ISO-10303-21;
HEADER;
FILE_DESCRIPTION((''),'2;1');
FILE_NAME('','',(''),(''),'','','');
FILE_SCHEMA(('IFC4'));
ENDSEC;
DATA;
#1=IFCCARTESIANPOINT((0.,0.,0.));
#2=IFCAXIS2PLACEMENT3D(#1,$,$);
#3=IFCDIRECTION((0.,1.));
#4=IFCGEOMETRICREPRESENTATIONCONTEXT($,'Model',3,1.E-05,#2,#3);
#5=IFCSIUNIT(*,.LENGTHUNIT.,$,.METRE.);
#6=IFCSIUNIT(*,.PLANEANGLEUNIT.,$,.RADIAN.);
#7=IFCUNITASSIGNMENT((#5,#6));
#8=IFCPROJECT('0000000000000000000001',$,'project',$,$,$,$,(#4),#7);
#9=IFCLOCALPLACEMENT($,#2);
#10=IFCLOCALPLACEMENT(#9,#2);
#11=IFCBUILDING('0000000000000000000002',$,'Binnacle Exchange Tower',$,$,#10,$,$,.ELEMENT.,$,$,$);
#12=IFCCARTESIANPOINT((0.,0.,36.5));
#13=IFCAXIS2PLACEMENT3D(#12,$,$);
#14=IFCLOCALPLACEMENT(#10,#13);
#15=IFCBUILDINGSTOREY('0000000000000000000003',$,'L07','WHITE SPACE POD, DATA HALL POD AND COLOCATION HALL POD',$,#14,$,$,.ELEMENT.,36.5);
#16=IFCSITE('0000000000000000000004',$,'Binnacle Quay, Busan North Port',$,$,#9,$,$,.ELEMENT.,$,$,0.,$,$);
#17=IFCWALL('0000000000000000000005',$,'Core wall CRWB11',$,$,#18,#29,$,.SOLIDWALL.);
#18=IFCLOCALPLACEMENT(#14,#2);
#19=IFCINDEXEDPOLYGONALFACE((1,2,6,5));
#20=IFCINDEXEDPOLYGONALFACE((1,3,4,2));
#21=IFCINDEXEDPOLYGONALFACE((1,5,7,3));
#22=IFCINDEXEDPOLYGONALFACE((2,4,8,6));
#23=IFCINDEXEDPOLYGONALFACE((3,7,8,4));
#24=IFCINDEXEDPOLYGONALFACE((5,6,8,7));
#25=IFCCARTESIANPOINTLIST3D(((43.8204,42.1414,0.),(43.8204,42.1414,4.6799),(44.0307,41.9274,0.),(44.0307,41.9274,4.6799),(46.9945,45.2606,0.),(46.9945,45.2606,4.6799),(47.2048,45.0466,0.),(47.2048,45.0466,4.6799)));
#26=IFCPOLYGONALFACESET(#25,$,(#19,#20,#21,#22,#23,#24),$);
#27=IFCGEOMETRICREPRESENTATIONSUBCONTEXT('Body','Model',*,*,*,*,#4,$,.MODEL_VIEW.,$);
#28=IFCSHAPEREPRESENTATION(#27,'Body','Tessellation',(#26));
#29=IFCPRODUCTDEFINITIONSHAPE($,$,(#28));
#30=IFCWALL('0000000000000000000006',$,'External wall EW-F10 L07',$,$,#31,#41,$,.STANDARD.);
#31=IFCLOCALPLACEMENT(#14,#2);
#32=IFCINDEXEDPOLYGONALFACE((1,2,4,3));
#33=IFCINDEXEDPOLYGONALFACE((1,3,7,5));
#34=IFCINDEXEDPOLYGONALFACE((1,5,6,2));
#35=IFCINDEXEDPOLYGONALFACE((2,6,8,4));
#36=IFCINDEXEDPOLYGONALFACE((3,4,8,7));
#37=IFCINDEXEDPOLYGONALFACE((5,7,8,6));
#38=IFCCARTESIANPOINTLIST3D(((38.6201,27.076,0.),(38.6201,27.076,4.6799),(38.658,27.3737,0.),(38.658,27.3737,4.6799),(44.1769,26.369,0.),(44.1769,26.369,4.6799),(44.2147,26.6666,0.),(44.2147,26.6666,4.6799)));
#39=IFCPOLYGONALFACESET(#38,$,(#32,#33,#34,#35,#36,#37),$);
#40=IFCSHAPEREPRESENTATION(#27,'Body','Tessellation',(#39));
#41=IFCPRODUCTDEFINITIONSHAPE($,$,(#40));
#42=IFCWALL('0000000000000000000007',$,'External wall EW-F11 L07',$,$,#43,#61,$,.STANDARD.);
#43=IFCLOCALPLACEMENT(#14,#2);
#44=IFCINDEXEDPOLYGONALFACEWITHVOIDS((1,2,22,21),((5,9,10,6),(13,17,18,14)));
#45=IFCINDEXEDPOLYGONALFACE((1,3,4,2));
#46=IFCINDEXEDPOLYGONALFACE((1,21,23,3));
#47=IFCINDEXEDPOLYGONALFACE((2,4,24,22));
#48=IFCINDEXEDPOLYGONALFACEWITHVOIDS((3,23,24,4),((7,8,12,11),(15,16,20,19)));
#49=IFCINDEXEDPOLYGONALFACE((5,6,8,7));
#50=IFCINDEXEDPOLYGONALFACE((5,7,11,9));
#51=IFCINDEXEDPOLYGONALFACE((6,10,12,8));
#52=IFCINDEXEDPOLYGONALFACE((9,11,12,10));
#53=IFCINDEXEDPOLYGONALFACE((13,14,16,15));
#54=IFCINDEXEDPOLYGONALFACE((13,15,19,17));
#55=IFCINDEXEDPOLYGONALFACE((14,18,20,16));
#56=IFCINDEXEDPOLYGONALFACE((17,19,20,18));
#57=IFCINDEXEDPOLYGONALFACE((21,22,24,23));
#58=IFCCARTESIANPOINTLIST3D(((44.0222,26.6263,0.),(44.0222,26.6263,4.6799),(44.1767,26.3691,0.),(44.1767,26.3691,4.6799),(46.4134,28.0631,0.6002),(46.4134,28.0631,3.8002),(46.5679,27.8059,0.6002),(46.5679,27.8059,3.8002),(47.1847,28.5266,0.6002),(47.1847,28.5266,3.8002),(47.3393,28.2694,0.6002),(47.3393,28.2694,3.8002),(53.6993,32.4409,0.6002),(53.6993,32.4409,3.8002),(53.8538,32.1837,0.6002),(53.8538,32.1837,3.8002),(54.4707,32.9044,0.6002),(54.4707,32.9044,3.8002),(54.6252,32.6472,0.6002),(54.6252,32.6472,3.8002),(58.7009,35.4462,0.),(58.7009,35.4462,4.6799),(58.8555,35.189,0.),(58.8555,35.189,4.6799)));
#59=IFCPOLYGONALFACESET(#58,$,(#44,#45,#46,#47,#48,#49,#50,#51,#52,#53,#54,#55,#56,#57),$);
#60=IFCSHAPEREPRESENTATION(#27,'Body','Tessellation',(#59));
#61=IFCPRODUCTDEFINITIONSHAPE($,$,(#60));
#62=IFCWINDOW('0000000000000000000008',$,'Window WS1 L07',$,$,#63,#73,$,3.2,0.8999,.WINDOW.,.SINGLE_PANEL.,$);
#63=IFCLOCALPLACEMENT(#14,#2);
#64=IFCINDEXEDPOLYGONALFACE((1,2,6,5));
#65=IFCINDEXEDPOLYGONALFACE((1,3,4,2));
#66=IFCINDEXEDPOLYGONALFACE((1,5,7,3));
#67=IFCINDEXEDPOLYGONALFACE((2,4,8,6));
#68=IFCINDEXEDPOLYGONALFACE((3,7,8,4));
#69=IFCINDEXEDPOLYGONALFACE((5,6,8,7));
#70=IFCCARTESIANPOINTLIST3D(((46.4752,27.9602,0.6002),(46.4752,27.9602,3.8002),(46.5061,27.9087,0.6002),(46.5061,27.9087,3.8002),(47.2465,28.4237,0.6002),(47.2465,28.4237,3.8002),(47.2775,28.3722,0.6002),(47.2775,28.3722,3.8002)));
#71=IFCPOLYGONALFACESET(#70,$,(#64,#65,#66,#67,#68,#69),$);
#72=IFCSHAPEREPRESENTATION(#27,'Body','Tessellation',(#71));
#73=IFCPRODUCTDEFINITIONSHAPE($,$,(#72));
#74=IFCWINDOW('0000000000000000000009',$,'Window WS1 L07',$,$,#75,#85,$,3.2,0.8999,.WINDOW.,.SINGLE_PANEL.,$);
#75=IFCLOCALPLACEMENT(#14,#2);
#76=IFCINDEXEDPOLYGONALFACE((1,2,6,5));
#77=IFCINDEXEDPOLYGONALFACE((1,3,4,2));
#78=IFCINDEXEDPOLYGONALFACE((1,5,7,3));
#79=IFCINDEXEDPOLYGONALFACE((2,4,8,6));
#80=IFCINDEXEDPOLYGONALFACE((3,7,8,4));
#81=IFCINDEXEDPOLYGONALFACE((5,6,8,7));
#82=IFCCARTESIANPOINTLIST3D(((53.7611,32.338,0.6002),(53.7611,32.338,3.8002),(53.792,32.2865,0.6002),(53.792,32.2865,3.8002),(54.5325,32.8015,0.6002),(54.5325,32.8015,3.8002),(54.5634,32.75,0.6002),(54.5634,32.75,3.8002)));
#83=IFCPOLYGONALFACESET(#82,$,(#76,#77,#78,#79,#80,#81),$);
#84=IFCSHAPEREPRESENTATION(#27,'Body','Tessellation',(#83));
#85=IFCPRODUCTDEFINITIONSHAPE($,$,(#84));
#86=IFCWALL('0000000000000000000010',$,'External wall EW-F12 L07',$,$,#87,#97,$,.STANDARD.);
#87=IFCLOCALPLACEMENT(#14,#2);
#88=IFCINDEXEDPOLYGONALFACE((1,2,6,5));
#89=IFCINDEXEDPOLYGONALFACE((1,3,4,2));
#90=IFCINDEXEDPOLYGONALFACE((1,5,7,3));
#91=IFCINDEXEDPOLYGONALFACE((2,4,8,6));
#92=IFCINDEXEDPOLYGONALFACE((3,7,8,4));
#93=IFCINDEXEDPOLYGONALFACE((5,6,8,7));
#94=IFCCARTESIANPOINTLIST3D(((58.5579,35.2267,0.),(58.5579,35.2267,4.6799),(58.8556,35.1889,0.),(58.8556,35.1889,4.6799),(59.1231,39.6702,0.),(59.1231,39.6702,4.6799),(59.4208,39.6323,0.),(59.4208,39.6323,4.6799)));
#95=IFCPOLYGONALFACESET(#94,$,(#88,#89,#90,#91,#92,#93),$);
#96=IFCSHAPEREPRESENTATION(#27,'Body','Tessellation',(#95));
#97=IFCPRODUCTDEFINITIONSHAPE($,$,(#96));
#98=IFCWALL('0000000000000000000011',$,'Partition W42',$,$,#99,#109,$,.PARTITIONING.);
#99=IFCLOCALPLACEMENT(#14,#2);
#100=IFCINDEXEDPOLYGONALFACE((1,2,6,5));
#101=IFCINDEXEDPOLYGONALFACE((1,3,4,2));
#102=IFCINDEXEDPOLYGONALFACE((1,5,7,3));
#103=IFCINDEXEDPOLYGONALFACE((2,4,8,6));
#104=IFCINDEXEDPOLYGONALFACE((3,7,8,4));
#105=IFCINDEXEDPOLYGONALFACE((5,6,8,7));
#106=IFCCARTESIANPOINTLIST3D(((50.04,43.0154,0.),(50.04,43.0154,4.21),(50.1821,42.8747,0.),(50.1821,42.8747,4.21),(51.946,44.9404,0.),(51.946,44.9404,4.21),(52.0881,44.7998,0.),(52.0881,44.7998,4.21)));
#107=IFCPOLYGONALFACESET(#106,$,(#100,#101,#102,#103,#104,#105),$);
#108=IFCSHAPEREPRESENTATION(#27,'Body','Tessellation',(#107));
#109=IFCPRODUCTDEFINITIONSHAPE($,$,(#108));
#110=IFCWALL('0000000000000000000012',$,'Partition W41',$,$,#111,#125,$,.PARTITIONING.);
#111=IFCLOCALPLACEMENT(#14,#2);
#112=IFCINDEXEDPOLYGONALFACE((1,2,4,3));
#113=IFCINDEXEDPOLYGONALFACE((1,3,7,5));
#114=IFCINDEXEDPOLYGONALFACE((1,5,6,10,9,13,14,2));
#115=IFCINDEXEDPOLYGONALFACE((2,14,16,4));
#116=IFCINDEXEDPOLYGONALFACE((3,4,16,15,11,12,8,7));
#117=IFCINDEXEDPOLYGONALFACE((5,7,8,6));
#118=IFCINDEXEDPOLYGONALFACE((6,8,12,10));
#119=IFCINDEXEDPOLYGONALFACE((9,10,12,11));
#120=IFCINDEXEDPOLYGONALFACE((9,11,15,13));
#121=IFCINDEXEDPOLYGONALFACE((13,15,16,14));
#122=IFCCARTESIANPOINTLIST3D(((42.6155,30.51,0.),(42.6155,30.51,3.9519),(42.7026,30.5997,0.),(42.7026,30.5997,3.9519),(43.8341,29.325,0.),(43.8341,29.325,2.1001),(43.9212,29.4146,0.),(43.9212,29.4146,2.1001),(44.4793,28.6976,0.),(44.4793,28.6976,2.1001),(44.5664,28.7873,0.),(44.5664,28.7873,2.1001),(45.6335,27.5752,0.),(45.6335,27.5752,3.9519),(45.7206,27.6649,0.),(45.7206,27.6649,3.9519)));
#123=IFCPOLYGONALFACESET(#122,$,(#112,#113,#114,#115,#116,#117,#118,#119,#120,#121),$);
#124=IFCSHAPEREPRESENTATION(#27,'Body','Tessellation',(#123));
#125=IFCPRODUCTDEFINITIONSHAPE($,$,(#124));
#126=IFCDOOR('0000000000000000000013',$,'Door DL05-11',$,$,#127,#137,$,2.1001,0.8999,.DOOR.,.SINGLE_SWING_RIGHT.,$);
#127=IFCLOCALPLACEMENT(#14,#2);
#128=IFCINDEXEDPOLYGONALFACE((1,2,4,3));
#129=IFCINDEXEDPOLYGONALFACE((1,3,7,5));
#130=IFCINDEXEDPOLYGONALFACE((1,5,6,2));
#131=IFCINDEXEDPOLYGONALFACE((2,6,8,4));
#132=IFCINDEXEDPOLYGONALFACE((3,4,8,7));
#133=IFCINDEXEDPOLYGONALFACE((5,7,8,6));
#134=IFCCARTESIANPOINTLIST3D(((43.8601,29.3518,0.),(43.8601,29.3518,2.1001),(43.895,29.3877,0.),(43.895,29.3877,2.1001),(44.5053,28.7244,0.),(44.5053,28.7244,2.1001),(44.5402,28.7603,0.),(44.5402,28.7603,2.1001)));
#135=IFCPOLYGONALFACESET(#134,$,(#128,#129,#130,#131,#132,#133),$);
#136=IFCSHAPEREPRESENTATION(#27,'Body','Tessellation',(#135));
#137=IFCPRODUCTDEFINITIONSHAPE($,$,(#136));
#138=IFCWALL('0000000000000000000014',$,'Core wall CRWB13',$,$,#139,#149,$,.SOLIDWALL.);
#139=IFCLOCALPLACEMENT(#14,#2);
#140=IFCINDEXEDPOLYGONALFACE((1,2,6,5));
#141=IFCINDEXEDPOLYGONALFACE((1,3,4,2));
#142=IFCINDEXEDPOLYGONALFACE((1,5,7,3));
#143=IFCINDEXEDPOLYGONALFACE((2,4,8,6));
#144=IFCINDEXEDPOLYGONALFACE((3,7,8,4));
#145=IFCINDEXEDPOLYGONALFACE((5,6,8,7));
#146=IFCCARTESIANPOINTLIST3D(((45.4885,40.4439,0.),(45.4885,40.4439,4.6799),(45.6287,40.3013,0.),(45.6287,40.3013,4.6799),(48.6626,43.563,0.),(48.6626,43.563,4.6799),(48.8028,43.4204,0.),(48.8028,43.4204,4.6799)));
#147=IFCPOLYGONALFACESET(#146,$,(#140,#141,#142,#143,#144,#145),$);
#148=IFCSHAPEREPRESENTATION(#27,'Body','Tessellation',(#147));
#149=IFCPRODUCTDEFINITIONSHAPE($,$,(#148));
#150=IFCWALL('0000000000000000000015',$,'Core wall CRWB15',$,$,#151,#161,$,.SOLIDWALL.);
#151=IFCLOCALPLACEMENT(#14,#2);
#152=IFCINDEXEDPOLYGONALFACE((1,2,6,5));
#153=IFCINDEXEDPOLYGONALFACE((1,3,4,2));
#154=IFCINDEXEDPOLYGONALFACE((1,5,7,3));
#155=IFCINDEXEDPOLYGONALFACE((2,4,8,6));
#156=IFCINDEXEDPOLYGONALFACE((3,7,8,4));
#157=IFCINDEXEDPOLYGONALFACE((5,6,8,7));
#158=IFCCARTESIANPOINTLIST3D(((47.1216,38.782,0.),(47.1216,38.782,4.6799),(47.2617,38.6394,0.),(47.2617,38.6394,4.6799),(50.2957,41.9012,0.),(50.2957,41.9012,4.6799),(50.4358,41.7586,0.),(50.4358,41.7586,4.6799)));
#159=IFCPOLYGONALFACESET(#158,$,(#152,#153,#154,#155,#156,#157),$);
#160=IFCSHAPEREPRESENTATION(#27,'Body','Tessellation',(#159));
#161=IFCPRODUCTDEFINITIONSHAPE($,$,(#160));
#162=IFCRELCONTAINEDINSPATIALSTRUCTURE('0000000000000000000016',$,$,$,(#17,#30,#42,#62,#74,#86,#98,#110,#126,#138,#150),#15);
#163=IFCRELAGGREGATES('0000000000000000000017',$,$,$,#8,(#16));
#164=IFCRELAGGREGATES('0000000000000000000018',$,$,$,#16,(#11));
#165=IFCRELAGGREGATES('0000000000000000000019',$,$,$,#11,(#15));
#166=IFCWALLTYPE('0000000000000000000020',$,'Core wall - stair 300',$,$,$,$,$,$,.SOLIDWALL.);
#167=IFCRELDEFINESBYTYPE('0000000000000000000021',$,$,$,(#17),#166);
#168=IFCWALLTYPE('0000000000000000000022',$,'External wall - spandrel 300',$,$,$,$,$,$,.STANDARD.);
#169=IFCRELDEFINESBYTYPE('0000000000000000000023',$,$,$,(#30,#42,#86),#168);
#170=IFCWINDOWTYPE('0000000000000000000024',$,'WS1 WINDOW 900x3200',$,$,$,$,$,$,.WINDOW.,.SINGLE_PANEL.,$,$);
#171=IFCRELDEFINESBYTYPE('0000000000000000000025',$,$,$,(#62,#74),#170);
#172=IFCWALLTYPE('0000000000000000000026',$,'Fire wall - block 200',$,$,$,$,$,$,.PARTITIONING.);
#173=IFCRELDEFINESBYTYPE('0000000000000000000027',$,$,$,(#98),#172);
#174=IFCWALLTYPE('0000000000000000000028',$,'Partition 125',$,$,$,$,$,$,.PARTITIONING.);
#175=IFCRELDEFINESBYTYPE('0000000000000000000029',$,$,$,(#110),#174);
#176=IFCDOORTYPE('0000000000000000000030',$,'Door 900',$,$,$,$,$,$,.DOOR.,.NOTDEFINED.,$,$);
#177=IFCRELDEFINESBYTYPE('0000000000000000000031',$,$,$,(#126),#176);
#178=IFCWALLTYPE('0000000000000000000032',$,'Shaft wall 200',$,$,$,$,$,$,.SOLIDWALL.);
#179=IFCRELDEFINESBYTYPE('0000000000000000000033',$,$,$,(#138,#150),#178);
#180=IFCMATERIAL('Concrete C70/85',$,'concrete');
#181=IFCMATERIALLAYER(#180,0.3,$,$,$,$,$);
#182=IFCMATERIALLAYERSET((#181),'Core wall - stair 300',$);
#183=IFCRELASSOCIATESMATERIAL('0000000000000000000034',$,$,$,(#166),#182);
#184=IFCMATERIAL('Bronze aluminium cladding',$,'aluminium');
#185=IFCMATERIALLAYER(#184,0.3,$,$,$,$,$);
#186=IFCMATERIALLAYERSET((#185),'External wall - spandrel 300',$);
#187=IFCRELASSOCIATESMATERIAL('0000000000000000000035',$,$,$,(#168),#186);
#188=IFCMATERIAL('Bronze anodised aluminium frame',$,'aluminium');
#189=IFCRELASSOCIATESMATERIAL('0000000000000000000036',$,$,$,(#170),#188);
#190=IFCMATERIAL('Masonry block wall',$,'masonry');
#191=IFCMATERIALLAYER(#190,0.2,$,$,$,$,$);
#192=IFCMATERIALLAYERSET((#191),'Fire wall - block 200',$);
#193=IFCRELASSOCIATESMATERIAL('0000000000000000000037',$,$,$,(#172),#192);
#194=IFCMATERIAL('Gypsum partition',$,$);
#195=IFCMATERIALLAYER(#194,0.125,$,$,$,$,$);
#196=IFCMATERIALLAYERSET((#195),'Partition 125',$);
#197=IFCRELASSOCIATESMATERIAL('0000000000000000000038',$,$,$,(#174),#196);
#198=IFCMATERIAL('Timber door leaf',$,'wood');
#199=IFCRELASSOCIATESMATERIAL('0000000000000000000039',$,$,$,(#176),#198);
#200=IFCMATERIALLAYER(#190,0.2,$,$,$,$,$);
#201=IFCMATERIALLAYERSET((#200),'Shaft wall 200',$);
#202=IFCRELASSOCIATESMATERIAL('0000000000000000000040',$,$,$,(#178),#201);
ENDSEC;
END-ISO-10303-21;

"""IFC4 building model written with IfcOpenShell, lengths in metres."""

from ifc_helpers import new_model, si_unit, direction, frame, frame_2d, origin, place, context, subcontext, project, spatial, rectangle, extrude, material, layer, layer_set, type_object, element, fill, save


model = new_model("IFC4")

# Units and contexts
model_context = context("Model", 3, precision=1e-05, world=origin(), true_north=direction((0.0, 1.0)))
body_context = subcontext(model_context, "Body", "Model", "MODEL_VIEW")
ifc_project = project(units=[si_unit("LENGTHUNIT", "METRE"), si_unit("PLANEANGLEUNIT", "RADIAN")], contexts=[model_context])

# Site, building, storey
site_placement = place(None, origin())
site = spatial("IfcSite", under=ifc_project, at=site_placement, Name="Binnacle Quay, Busan North Port", CompositionType="ELEMENT", RefElevation=0.0)
building_placement = place(site_placement, origin())
building = spatial("IfcBuilding", under=site, at=building_placement, Name="Binnacle Exchange Tower", CompositionType="ELEMENT")
storey_placement = place(building_placement, frame((0.0, 0.0, 36.5)))
storey = spatial("IfcBuildingStorey", under=building, at=storey_placement, Name="L07", Description="WHITE SPACE POD, DATA HALL POD AND COLOCATION HALL POD", CompositionType="ELEMENT", Elevation=36.5)

# Shared definitions
ifc_material_1 = material(Name="Concrete C70/85", Category="concrete")

# Walls
ifc_layer_1 = layer(ifc_material_1, 0.3)
ifc_layer_set_1 = layer_set([ifc_layer_1], Name="Core wall - stair 300")
wall_type_1 = type_object("IfcWallType", Name="Core wall - stair 300", PredefinedType="SOLIDWALL", material=ifc_layer_set_1)
wall_1_placement = place(storey_placement, frame((43.9255, 42.0344, 0.0), z_axis=(0.0, 0.0, 1.0), x_axis=(0.713252, 0.700908, 0.0)))
element("IfcWall", 1, at=wall_1_placement, inside=storey, type_object=wall_type_1, Name="Core wall CRWB11", PredefinedType="SOLIDWALL", context=body_context, shape_type="SweptSolid", body=[
    extrude(rectangle(XDim=4.4502, YDim=0.3, at=frame_2d((2.2251, 0.0))), origin(), (0.0, 0.0, 1.0), 4.6799),
])
ifc_material_2 = material(Name="Bronze aluminium cladding", Category="aluminium")
ifc_layer_2 = layer(ifc_material_2, 0.3)
ifc_layer_set_2 = layer_set([ifc_layer_2], Name="External wall - spandrel 300")
wall_type_2 = type_object("IfcWallType", Name="External wall - spandrel 300", PredefinedType="STANDARD", material=ifc_layer_set_2)
wall_2_placement = place(storey_placement, frame((44.1958, 26.5178, 0.0), z_axis=(0.0, 0.0, 1.0), x_axis=(-0.992002, 0.126223, 0.0)))
element("IfcWall", 2, at=wall_2_placement, inside=storey, type_object=wall_type_2, Name="External wall EW-F10 L07", PredefinedType="STANDARD", context=body_context, shape_type="SweptSolid", body=[
    extrude(rectangle(XDim=5.6016, YDim=0.3, at=frame_2d((2.8008, 0.0))), origin(), (0.0, 0.0, 1.0), 4.6799),
])

# Wall, openings, windows
wall_3_placement = place(storey_placement, frame((58.7783, 35.3176, 0.0), z_axis=(0.0, 0.0, 1.0), x_axis=(-0.857168, -0.515037, 0.0)))
wall_3 = element("IfcWall", 3, at=wall_3_placement, inside=storey, type_object=wall_type_2, Name="External wall EW-F11 L07", PredefinedType="STANDARD", context=body_context, shape_type="SweptSolid", body=[
    extrude(rectangle(XDim=17.1248, YDim=0.3, at=frame_2d((8.5625, 0.0))), origin(), (0.0, 0.0, 1.0), 4.6799),
])
opening_1_placement = place(wall_3_placement, frame((13.4353, 0.0, 0.6001)))
opening_1 = element("IfcOpeningElement", 4, at=opening_1_placement, cuts=wall_3, PredefinedType="OPENING", context=body_context, shape_type="SweptSolid", body=[
    extrude(rectangle(XDim=0.8999, YDim=3.2, at=frame_2d((0.45, 1.6001))), frame((0.0, 0.1599, 0.0), z_axis=(0.0, -1.0, 0.0), x_axis=(1.0, 0.0, 0.0)), (0.0, 0.0, 1.0), 0.3201),
])
opening_2_placement = place(wall_3_placement, frame((4.9353, 0.0, 0.6001)))
opening_2 = element("IfcOpeningElement", 5, at=opening_2_placement, cuts=wall_3, PredefinedType="OPENING", context=body_context, shape_type="SweptSolid", body=[
    extrude(rectangle(XDim=0.8999, YDim=3.2, at=frame_2d((0.45, 1.6001))), frame((0.0, 0.1599, 0.0), z_axis=(0.0, -1.0, 0.0), x_axis=(1.0, 0.0, 0.0)), (0.0, 0.0, 1.0), 0.3201),
])
ifc_material_3 = material(Name="Bronze anodised aluminium frame", Category="aluminium")
window_type = type_object("IfcWindowType", Name="WS1 WINDOW 900x3200", PartitioningType="SINGLE_PANEL", PredefinedType="WINDOW", material=ifc_material_3)
window_1_placement = place(opening_1_placement, origin())
window_1 = element("IfcWindow", 6, at=window_1_placement, inside=storey, type_object=window_type, Name="Window WS1 L07", OverallHeight=3.2, OverallWidth=0.8999, PartitioningType="SINGLE_PANEL", PredefinedType="WINDOW", context=body_context, shape_type="SweptSolid", body=[
    extrude(rectangle(XDim=0.8999, YDim=3.2, at=frame_2d((0.45, 1.6001))), frame((0.0, 0.03, 0.0), z_axis=(0.0, -1.0, 0.0), x_axis=(1.0, 0.0, 0.0)), (0.0, 0.0, 1.0), 0.0601),
])
fill(opening_1, window_1)
window_2_placement = place(opening_2_placement, origin())
window_2 = element("IfcWindow", 7, at=window_2_placement, inside=storey, type_object=window_type, Name="Window WS1 L07", OverallHeight=3.2, OverallWidth=0.8999, PartitioningType="SINGLE_PANEL", PredefinedType="WINDOW", context=body_context, shape_type="SweptSolid", body=[
    extrude(rectangle(XDim=0.8999, YDim=3.2, at=frame_2d((0.45, 1.6001))), frame((0.0, 0.03, 0.0), z_axis=(0.0, -1.0, 0.0), x_axis=(1.0, 0.0, 0.0)), (0.0, 0.0, 1.0), 0.0601),
])
fill(opening_2, window_2)

# Walls
wall_4_placement = place(storey_placement, frame((59.272, 39.6514, 0.0), z_axis=(0.0, 0.0, 1.0), x_axis=(-0.126181, -0.992007, 0.0)))
element("IfcWall", 8, at=wall_4_placement, inside=storey, type_object=wall_type_2, Name="External wall EW-F12 L07", PredefinedType="STANDARD", context=body_context, shape_type="SweptSolid", body=[
    extrude(rectangle(XDim=4.4792, YDim=0.3, at=frame_2d((2.2397, 0.0))), origin(), (0.0, 0.0, 1.0), 4.6799),
])
ifc_material_4 = material(Name="Masonry block wall", Category="masonry")
ifc_layer_3 = layer(ifc_material_4, 0.2)
ifc_layer_set_3 = layer_set([ifc_layer_3], Name="Fire wall - block 200")
wall_type_3 = type_object("IfcWallType", Name="Fire wall - block 200", PredefinedType="PARTITIONING", material=ifc_layer_set_3)
wall_5_placement = place(storey_placement, frame((50.1111, 42.9451, 0.0), z_axis=(0.0, 0.0, 1.0), x_axis=(0.703583, 0.710613, 0.0)))
element("IfcWall", 9, at=wall_5_placement, inside=storey, type_object=wall_type_3, Name="Partition W42", PredefinedType="PARTITIONING", context=body_context, shape_type="SweptSolid", body=[
    extrude(rectangle(XDim=2.709, YDim=0.2, at=frame_2d((1.3545, 0.0))), origin(), (0.0, 0.0, 1.0), 4.21),
])

# Wall, opening, door
ifc_material_5 = material(Name="Gypsum partition")
ifc_layer_4 = layer(ifc_material_5, 0.125)
ifc_layer_set_4 = layer_set([ifc_layer_4], Name="Partition 125")
wall_type_4 = type_object("IfcWallType", Name="Partition 125", PredefinedType="PARTITIONING", material=ifc_layer_set_4)
wall_6_placement = place(storey_placement, frame((42.6589, 30.5549, 0.0), z_axis=(0.0, 0.0, 1.0), x_axis=(0.716926, -0.69715, 0.0)))
wall_6 = element("IfcWall", 10, at=wall_6_placement, inside=storey, type_object=wall_type_4, Name="Partition W41", PredefinedType="PARTITIONING", context=body_context, shape_type="SweptSolid", body=[
    extrude(rectangle(XDim=4.2097, YDim=0.125, at=frame_2d((2.105, 0.0))), origin(), (0.0, 0.0, 1.0), 3.9519),
])
opening_3_placement = place(wall_6_placement, frame((1.7, 0.0, 0.0)))
opening_3 = element("IfcOpeningElement", 11, at=opening_3_placement, cuts=wall_6, PredefinedType="OPENING", context=body_context, shape_type="SweptSolid", body=[
    extrude(rectangle(XDim=0.8999, YDim=2.1001, at=frame_2d((0.45, 1.05))), frame((0.0, 0.0725, 0.0), z_axis=(0.0, -1.0, 0.0), x_axis=(1.0, 0.0, 0.0)), (0.0, 0.0, 1.0), 0.145),
])
ifc_material_6 = material(Name="Timber door leaf", Category="wood")
door_type_1 = type_object("IfcDoorType", Name="Door 900", OperationType="NOTDEFINED", PredefinedType="DOOR", material=ifc_material_6)
door_1_placement = place(opening_3_placement, origin())
door_1 = element("IfcDoor", 12, at=door_1_placement, inside=storey, type_object=door_type_1, Name="Door DL05-11", OperationType="SINGLE_SWING_RIGHT", OverallHeight=2.1001, OverallWidth=0.8999, PredefinedType="DOOR", context=body_context, shape_type="SweptSolid", body=[
    extrude(rectangle(XDim=0.8999, YDim=2.1001, at=frame_2d((0.45, 1.05))), frame((0.0, 0.0249, 0.0), z_axis=(0.0, -1.0, 0.0), x_axis=(1.0, 0.0, 0.0)), (0.0, 0.0, 1.0), 0.05),
])
fill(opening_3, door_1)

# Walls
ifc_layer_5 = layer(ifc_material_4, 0.2)
ifc_layer_set_5 = layer_set([ifc_layer_5], Name="Shaft wall 200")
wall_type_5 = type_object("IfcWallType", Name="Shaft wall 200", PredefinedType="SOLIDWALL", material=ifc_layer_set_5)
for number, where, z_axis, x_axis, name in (
    (13, (45.5586, 40.3726, 0.0), (0.0, 0.0, 1.0), (0.713252, 0.700908, 0.0), "Core wall CRWB13"),
    (14, (47.1917, 38.7107, 0.0), (0.0, 0.0, 1.0), (0.713252, 0.700908, 0.0), "Core wall CRWB15"),
):
    element("IfcWall", number, at=place(storey_placement, frame(where, z_axis=z_axis, x_axis=x_axis)), inside=storey, type_object=wall_type_5, Name=name, PredefinedType="SOLIDWALL", context=body_context, shape_type="SweptSolid", body=[
        extrude(rectangle(XDim=4.4502, YDim=0.2, at=frame_2d((2.2251, 0.0))), origin(), (0.0, 0.0, 1.0), 4.6799),
    ])

save(model, "model.ifc")
